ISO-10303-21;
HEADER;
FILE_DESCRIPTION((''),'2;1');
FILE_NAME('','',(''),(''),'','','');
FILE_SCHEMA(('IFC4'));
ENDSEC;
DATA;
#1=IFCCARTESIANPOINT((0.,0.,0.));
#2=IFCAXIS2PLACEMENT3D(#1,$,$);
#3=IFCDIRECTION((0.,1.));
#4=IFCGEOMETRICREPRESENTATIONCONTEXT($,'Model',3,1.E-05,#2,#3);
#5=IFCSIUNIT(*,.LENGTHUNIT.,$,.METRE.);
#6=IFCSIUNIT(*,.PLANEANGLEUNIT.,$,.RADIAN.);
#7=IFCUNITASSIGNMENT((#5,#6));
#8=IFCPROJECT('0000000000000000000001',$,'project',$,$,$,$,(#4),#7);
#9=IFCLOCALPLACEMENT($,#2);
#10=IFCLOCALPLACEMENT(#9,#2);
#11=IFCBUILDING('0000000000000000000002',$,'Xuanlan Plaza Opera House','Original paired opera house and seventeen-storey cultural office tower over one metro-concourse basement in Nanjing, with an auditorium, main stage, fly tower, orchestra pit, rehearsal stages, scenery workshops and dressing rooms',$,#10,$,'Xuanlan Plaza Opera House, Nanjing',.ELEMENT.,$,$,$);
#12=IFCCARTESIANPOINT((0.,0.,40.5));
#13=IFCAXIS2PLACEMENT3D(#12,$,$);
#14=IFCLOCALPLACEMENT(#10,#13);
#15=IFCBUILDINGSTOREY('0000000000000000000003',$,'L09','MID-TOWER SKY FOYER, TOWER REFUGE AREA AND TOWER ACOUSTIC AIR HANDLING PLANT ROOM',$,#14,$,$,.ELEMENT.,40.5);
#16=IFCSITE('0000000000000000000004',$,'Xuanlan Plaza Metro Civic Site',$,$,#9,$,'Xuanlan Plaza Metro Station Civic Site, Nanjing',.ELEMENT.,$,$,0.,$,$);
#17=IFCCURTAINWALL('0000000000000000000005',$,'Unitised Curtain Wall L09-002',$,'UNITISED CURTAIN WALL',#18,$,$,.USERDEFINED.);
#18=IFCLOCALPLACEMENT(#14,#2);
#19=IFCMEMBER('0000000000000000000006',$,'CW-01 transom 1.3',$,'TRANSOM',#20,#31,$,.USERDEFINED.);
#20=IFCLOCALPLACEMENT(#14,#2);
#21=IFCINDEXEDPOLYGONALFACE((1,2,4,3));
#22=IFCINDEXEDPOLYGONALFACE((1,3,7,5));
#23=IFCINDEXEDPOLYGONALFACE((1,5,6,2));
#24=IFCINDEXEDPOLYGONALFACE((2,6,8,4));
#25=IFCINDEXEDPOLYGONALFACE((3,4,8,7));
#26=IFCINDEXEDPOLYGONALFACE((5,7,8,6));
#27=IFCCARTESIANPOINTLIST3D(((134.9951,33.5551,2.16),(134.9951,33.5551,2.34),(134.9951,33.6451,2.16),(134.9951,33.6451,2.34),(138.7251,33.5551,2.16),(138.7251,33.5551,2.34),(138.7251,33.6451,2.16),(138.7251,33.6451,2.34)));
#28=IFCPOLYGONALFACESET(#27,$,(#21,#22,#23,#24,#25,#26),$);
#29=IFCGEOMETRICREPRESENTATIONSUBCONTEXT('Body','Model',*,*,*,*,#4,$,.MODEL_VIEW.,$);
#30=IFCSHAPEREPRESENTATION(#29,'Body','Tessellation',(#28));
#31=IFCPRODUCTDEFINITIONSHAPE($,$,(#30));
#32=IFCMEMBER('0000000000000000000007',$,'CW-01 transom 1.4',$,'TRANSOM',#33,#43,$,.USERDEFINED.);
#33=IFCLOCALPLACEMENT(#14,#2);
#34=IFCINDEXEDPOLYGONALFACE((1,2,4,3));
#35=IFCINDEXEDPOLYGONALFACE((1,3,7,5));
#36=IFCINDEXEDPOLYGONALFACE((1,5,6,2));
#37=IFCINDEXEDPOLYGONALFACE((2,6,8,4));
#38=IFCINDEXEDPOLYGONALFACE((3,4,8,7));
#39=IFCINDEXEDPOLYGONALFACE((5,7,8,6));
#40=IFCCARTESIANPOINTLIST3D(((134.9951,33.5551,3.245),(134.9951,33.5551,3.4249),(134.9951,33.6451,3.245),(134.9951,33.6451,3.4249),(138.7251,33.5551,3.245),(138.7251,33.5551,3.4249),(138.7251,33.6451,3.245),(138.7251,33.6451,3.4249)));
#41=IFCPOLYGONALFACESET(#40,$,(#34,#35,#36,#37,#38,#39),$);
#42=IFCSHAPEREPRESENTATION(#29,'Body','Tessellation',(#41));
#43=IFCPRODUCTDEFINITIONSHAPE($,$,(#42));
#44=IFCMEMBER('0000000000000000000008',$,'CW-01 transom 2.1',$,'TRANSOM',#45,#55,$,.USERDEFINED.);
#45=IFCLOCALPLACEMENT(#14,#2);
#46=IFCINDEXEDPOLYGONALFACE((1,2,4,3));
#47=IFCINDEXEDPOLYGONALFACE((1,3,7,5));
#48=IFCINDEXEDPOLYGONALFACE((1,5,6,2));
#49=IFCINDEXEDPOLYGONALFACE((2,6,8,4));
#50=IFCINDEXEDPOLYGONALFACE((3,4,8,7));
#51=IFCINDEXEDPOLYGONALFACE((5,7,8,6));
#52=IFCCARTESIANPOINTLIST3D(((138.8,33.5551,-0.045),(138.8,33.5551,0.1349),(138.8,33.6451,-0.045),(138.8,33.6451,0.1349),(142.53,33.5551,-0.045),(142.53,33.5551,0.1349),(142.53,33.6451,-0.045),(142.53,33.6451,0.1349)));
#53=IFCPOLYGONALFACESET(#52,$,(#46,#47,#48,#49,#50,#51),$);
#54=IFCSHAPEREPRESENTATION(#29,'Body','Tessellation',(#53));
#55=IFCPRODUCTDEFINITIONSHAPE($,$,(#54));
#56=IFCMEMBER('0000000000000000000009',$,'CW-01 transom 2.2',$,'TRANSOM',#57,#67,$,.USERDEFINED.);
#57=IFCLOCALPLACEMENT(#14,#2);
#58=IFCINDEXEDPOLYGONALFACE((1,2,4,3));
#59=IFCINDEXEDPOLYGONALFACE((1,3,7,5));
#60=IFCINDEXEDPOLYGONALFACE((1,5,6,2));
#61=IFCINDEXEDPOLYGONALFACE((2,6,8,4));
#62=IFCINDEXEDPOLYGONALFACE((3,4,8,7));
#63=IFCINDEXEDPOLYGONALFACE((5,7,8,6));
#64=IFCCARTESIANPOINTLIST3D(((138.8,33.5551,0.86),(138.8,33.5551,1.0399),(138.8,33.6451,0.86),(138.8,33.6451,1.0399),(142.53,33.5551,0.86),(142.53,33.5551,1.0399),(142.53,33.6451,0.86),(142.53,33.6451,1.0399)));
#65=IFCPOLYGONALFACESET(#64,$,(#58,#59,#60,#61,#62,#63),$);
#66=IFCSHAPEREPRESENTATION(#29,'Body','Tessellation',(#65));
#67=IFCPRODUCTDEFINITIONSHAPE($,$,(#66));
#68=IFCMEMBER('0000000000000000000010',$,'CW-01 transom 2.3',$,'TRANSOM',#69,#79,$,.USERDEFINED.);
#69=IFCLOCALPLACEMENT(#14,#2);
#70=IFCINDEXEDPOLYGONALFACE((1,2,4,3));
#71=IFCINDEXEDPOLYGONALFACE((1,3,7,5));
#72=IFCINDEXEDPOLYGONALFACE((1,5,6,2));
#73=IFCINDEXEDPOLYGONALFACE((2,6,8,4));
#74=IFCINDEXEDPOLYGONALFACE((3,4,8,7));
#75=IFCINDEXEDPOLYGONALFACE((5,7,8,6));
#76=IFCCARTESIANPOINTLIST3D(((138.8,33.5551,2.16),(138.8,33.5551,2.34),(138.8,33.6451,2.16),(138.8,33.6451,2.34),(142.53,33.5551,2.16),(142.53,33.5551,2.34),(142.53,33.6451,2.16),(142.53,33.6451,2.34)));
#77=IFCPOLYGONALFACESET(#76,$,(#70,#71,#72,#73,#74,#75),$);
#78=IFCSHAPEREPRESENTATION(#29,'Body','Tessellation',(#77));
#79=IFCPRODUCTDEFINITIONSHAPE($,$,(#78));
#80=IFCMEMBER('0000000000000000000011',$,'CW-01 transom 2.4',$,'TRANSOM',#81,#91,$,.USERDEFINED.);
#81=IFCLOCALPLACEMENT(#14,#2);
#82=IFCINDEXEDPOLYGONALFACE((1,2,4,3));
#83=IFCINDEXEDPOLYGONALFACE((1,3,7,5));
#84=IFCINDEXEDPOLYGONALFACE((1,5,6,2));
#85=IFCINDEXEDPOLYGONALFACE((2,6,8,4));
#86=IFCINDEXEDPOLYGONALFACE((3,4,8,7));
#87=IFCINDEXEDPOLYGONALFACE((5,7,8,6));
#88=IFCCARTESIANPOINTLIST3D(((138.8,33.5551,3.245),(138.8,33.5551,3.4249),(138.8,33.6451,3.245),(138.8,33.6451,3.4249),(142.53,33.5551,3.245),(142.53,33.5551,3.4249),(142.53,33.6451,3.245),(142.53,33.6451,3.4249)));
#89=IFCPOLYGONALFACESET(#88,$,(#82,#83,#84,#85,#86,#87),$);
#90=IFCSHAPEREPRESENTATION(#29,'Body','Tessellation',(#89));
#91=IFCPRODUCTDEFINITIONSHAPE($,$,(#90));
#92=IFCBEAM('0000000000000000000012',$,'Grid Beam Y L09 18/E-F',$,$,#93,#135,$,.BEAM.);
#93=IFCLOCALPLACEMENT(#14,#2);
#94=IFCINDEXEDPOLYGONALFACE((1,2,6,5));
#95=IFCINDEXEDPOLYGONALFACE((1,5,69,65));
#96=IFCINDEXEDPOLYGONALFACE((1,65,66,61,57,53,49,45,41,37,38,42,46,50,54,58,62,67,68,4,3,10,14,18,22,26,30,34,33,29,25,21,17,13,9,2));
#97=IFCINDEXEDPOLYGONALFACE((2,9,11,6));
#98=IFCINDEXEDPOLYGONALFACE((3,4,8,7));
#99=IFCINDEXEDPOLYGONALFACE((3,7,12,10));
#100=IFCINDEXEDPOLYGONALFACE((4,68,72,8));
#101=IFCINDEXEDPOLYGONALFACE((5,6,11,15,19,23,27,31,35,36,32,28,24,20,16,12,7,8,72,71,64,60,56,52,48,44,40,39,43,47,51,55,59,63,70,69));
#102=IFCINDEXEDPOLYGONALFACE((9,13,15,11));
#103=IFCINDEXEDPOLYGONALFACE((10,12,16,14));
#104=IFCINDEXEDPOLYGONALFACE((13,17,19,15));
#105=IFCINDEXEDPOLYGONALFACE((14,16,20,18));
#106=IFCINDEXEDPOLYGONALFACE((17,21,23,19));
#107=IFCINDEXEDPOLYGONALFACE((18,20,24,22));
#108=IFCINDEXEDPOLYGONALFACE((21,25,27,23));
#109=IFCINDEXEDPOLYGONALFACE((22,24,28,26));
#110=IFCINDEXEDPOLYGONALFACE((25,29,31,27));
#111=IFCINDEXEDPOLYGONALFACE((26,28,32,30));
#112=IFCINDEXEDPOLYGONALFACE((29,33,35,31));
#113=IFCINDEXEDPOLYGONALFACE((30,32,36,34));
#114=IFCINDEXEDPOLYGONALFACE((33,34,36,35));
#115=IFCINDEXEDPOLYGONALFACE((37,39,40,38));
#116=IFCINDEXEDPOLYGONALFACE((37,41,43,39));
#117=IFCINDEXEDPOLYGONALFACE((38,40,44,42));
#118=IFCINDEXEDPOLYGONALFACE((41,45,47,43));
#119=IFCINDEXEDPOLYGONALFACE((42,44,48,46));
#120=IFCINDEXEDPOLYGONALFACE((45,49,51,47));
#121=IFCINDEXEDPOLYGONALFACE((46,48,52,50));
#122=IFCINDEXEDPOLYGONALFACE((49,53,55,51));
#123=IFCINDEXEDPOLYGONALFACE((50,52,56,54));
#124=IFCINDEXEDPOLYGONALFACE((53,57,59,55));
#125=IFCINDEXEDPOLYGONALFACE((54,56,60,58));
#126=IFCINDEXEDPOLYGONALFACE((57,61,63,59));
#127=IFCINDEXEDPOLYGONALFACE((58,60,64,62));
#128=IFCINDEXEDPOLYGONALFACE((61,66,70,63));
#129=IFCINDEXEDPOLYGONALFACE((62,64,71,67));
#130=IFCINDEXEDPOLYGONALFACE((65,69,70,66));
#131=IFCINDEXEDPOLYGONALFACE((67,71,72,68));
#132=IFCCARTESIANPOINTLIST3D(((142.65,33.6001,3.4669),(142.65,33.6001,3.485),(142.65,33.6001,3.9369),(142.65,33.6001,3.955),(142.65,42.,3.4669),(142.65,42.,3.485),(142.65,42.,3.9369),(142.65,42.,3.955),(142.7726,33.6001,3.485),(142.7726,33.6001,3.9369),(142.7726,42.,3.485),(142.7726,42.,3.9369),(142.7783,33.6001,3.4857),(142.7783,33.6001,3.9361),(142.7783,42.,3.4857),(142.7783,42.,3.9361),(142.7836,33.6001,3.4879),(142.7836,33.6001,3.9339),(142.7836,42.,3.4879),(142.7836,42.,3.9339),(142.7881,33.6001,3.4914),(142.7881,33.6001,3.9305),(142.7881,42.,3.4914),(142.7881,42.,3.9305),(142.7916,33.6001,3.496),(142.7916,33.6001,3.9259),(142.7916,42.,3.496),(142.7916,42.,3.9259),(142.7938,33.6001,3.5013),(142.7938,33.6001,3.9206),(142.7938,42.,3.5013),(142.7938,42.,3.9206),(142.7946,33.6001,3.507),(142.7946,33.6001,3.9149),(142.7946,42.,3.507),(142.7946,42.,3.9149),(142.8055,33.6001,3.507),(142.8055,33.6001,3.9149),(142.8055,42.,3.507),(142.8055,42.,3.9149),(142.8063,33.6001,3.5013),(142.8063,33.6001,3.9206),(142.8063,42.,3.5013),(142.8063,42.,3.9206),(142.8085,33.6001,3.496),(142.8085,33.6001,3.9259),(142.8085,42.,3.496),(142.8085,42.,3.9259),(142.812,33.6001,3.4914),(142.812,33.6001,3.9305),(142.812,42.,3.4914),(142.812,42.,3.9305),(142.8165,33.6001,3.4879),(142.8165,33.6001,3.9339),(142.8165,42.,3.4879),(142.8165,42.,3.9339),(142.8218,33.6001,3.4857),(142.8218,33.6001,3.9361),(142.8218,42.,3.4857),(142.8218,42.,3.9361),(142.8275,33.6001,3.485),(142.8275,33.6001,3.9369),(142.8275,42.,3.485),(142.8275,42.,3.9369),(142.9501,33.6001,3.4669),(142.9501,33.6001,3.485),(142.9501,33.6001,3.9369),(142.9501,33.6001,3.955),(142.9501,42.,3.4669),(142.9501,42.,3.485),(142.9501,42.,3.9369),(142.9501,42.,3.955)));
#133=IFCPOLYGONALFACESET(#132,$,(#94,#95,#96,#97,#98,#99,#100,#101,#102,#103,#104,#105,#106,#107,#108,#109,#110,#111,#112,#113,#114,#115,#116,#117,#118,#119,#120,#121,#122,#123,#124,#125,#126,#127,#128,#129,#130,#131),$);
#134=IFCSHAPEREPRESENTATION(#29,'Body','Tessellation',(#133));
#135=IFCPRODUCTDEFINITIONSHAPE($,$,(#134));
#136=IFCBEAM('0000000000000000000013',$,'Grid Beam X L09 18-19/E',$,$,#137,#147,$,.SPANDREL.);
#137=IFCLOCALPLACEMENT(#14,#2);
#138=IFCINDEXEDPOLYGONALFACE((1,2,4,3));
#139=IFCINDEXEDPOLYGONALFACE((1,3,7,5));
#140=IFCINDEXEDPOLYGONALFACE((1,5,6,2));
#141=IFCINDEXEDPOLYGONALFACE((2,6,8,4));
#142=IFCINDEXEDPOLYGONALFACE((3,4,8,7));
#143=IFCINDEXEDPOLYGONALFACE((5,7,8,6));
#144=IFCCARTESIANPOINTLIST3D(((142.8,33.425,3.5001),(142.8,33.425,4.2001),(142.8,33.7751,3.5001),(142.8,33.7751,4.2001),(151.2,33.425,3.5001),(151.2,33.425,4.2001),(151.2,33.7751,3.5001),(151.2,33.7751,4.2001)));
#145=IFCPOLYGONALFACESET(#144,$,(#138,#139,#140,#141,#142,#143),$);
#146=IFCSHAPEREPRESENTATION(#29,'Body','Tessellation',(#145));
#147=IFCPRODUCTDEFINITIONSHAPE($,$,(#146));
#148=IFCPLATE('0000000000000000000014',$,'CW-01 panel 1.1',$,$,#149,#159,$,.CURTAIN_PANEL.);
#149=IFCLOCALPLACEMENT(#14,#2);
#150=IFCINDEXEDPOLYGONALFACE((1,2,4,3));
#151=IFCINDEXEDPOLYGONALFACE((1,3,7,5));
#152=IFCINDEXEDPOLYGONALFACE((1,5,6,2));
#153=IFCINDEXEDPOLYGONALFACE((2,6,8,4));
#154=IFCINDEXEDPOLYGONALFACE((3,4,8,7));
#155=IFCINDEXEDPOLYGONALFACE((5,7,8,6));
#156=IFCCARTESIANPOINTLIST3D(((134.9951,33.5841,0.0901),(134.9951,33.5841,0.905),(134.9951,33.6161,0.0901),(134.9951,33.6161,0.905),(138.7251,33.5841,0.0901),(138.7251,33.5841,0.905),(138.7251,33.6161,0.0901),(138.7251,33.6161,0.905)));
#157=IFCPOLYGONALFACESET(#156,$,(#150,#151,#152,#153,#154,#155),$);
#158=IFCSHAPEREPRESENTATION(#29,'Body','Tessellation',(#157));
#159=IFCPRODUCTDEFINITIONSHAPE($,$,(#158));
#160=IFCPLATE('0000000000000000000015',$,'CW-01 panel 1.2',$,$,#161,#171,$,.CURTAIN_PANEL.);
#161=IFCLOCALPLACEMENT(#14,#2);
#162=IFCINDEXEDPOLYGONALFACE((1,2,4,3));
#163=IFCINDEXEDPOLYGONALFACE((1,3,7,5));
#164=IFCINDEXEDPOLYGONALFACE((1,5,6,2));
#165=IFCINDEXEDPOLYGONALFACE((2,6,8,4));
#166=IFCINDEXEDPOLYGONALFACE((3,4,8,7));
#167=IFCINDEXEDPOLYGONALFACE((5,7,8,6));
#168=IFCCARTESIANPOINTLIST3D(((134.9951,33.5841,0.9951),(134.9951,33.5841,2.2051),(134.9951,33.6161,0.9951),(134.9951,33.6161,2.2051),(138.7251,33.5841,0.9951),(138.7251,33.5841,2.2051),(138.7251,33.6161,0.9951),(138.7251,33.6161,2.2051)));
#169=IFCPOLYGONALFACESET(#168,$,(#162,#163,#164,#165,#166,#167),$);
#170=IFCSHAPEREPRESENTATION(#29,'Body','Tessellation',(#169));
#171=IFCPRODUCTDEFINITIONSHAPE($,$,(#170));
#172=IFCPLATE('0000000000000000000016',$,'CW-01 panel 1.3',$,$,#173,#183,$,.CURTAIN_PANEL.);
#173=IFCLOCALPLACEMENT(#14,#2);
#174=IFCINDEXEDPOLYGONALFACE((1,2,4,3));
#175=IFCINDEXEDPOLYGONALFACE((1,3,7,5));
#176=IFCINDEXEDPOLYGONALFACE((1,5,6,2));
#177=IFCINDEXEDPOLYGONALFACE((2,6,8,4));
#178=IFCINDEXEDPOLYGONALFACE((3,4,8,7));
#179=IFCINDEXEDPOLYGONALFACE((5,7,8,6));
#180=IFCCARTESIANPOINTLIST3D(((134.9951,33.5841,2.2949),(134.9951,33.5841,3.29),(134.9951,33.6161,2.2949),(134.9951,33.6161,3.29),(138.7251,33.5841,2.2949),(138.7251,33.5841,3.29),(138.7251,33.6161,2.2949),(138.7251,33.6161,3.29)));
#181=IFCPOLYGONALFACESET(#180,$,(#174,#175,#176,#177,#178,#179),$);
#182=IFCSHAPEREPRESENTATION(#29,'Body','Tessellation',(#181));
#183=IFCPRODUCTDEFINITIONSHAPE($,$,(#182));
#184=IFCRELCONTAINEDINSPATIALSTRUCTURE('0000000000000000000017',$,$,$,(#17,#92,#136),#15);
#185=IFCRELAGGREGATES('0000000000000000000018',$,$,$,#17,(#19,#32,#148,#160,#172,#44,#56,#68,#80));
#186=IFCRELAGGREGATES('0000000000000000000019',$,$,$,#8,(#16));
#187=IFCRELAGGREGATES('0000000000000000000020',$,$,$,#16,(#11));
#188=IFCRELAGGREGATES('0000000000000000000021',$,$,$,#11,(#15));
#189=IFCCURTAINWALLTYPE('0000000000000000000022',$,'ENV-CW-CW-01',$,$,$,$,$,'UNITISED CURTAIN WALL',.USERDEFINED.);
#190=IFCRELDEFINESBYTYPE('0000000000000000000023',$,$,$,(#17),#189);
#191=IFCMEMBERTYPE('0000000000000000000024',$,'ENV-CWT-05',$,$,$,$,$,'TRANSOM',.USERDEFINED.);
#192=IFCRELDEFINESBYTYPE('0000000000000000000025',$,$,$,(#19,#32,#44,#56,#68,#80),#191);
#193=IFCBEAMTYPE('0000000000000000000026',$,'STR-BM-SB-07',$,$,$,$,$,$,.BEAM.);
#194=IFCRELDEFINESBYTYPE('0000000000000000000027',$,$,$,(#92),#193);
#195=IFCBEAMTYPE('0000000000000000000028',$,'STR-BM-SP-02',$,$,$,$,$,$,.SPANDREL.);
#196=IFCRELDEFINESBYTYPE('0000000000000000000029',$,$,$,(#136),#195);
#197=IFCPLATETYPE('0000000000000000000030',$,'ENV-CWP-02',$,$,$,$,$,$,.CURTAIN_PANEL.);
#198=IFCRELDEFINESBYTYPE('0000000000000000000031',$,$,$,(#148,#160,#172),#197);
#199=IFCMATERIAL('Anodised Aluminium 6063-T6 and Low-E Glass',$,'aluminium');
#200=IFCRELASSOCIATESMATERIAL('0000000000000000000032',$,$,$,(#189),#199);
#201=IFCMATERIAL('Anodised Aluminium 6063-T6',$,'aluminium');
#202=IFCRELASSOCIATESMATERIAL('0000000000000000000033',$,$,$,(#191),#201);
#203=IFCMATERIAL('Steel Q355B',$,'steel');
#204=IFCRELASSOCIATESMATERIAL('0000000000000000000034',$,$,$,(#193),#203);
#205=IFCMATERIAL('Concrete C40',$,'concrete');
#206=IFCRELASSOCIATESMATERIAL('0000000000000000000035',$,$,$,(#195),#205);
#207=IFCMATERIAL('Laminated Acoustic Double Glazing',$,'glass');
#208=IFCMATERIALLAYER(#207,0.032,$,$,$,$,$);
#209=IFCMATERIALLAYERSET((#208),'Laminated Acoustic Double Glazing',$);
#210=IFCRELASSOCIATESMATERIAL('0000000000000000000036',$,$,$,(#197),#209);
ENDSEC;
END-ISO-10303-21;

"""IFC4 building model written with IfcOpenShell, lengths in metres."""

from ifc_helpers import new_model, si_unit, direction, frame, origin, origin_2d, place, context, subcontext, project, spatial, rectangle, i_section, extrude, material, layer, layer_set, material_profile, profile_set, type_object, element, aggregate, save


model = new_model("IFC4")

# Units and contexts
model_context = context("Model", 3, precision=1e-05, world=origin(), true_north=direction((0.0, 1.0)))
body_context = subcontext(model_context, "Body", "Model", "MODEL_VIEW")
ifc_project = project(units=[si_unit("LENGTHUNIT", "METRE"), si_unit("PLANEANGLEUNIT", "RADIAN")], contexts=[model_context])

# Site, building, storey
site_placement = place(None, origin())
site = spatial("IfcSite", under=ifc_project, at=site_placement, Name="Xuanlan Plaza Metro Civic Site", LongName="Xuanlan Plaza Metro Station Civic Site, Nanjing", CompositionType="ELEMENT", RefElevation=0.0)
building_placement = place(site_placement, origin())
building = spatial("IfcBuilding", under=site, at=building_placement, Name="Xuanlan Plaza Opera House", Description="Original paired opera house and seventeen-storey cultural office tower over one metro-concourse basement in Nanjing, with an auditorium, main stage, fly tower, orchestra pit, rehearsal stages, scenery workshops and dressing rooms", LongName="Xuanlan Plaza Opera House, Nanjing", CompositionType="ELEMENT")
storey_placement = place(building_placement, frame((0.0, 0.0, 40.5)))
storey = spatial("IfcBuildingStorey", under=building, at=storey_placement, Name="L09", Description="MID-TOWER SKY FOYER, TOWER REFUGE AREA AND TOWER ACOUSTIC AIR HANDLING PLANT ROOM", CompositionType="ELEMENT", Elevation=40.5)

# Shared definitions
ifc_material_1 = material(Name="Steel Q355B", Category="steel")

# Curtain wall
ifc_material_2 = material(Name="Anodised Aluminium 6063-T6 and Low-E Glass", Category="aluminium")
curtain_wall_type_1 = type_object("IfcCurtainWallType", Name="ENV-CW-CW-01", ElementType="UNITISED CURTAIN WALL", PredefinedType="USERDEFINED", material=ifc_material_2)
curtain_wall_1_placement = place(storey_placement, origin())
curtain_wall_1 = element("IfcCurtainWall", 1, at=curtain_wall_1_placement, inside=storey, type_object=curtain_wall_type_1, Name="Unitised Curtain Wall L09-002", ObjectType="UNITISED CURTAIN WALL", PredefinedType="USERDEFINED")
ifc_material_3 = material(Name="Anodised Aluminium 6063-T6", Category="aluminium")

# Members
ifc_material_profile_1 = material_profile(ifc_material_3, rectangle(XDim=0.0901, YDim=0.1799, at=origin_2d()), Name="ALU-T 90x180")
ifc_profile_set_1 = profile_set([ifc_material_profile_1], Name="Anodised Aluminium 6063-T6")
member_type_1 = type_object("IfcMemberType", Name="ENV-CWT-05", ElementType="TRANSOM", PredefinedType="USERDEFINED", material=ifc_profile_set_1)
member_1_placement = place(storey_placement, frame((134.9951, 33.6001, 2.25), z_axis=(1.0, 0.0, 0.0), x_axis=(0.0, 1.0, 0.0)))
member_1 = element("IfcMember", 2, at=member_1_placement, type_object=member_type_1, Name="CW-01 transom 1.3", ObjectType="TRANSOM", PredefinedType="USERDEFINED", context=body_context, shape_type="SweptSolid", body=[
    extrude(rectangle(XDim=0.0901, YDim=0.1799, at=origin_2d()), origin(), (0.0, 0.0, 1.0), 3.73),
])
member_2_placement = place(storey_placement, frame((134.9951, 33.6001, 3.335), z_axis=(1.0, 0.0, 0.0), x_axis=(0.0, 1.0, 0.0)))
member_2 = element("IfcMember", 3, at=member_2_placement, type_object=member_type_1, Name="CW-01 transom 1.4", ObjectType="TRANSOM", PredefinedType="USERDEFINED", context=body_context, shape_type="SweptSolid", body=[
    extrude(rectangle(XDim=0.0901, YDim=0.1799, at=origin_2d()), origin(), (0.0, 0.0, 1.0), 3.73),
])
member_3_placement = place(storey_placement, frame((138.8, 33.6001, 0.0449), z_axis=(1.0, 0.0, 0.0), x_axis=(0.0, 1.0, 0.0)))
member_3 = element("IfcMember", 4, at=member_3_placement, type_object=member_type_1, Name="CW-01 transom 2.1", ObjectType="TRANSOM", PredefinedType="USERDEFINED", context=body_context, shape_type="SweptSolid", body=[
    extrude(rectangle(XDim=0.0901, YDim=0.1799, at=origin_2d()), origin(), (0.0, 0.0, 1.0), 3.73),
])
member_4_placement = place(storey_placement, frame((138.8, 33.6001, 0.95), z_axis=(1.0, 0.0, 0.0), x_axis=(0.0, 1.0, 0.0)))
member_4 = element("IfcMember", 5, at=member_4_placement, type_object=member_type_1, Name="CW-01 transom 2.2", ObjectType="TRANSOM", PredefinedType="USERDEFINED", context=body_context, shape_type="SweptSolid", body=[
    extrude(rectangle(XDim=0.0901, YDim=0.1799, at=origin_2d()), origin(), (0.0, 0.0, 1.0), 3.73),
])
member_5_placement = place(storey_placement, frame((138.8, 33.6001, 2.25), z_axis=(1.0, 0.0, 0.0), x_axis=(0.0, 1.0, 0.0)))
member_5 = element("IfcMember", 6, at=member_5_placement, type_object=member_type_1, Name="CW-01 transom 2.3", ObjectType="TRANSOM", PredefinedType="USERDEFINED", context=body_context, shape_type="SweptSolid", body=[
    extrude(rectangle(XDim=0.0901, YDim=0.1799, at=origin_2d()), origin(), (0.0, 0.0, 1.0), 3.73),
])
member_6_placement = place(storey_placement, frame((138.8, 33.6001, 3.335), z_axis=(1.0, 0.0, 0.0), x_axis=(0.0, 1.0, 0.0)))
member_6 = element("IfcMember", 7, at=member_6_placement, type_object=member_type_1, Name="CW-01 transom 2.4", ObjectType="TRANSOM", PredefinedType="USERDEFINED", context=body_context, shape_type="SweptSolid", body=[
    extrude(rectangle(XDim=0.0901, YDim=0.1799, at=origin_2d()), origin(), (0.0, 0.0, 1.0), 3.73),
])

# Beams
ifc_material_profile_2 = material_profile(ifc_material_1, i_section(OverallWidth=0.3, OverallDepth=0.488, WebThickness=0.011, FlangeThickness=0.0181, FilletRadius=0.022, at=origin_2d()), Name="HM 488x300x11x18")
ifc_profile_set_2 = profile_set([ifc_material_profile_2], Name="Steel Q355B")
beam_type_1 = type_object("IfcBeamType", Name="STR-BM-SB-07", PredefinedType="BEAM", material=ifc_profile_set_2)
beam_1_placement = place(storey_placement, frame((142.8, 33.6001, 3.7109), z_axis=(0.0, 1.0, 0.0), x_axis=(-1.0, 0.0, 0.0)))
element("IfcBeam", 8, at=beam_1_placement, inside=storey, type_object=beam_type_1, Name="Grid Beam Y L09 18/E-F", PredefinedType="BEAM", context=body_context, shape_type="SweptSolid", body=[
    extrude(i_section(OverallWidth=0.3, OverallDepth=0.488, WebThickness=0.011, FlangeThickness=0.0181, FilletRadius=0.022, at=origin_2d()), origin(), (0.0, 0.0, 1.0), 8.3999),
])
ifc_material_4 = material(Name="Concrete C40", Category="concrete")
ifc_material_profile_3 = material_profile(ifc_material_4, rectangle(XDim=0.3501, YDim=0.7, at=origin_2d()), Name="RC-SPD 350x700")
ifc_profile_set_3 = profile_set([ifc_material_profile_3], Name="Concrete C40")
beam_type_2 = type_object("IfcBeamType", Name="STR-BM-SP-02", PredefinedType="SPANDREL", material=ifc_profile_set_3)
beam_2_placement = place(storey_placement, frame((142.8, 33.6001, 3.8501), z_axis=(1.0, 0.0, 0.0), x_axis=(0.0, 1.0, 0.0)))
element("IfcBeam", 9, at=beam_2_placement, inside=storey, type_object=beam_type_2, Name="Grid Beam X L09 18-19/E", PredefinedType="SPANDREL", context=body_context, shape_type="SweptSolid", body=[
    extrude(rectangle(XDim=0.3501, YDim=0.7, at=origin_2d()), origin(), (0.0, 0.0, 1.0), 8.3999),
])

# Plates
ifc_material_5 = material(Name="Laminated Acoustic Double Glazing", Category="glass")
ifc_layer_1 = layer(ifc_material_5, 0.032)
ifc_layer_set_1 = layer_set([ifc_layer_1], Name="Laminated Acoustic Double Glazing")
plate_type_1 = type_object("IfcPlateType", Name="ENV-CWP-02", PredefinedType="CURTAIN_PANEL", material=ifc_layer_set_1)
plate_1_placement = place(storey_placement, frame((136.8601, 33.6001, 0.0901), z_axis=(0.0, 0.0, 1.0), x_axis=(1.0, 0.0, 0.0)))
plate_1 = element("IfcPlate", 10, at=plate_1_placement, type_object=plate_type_1, Name="CW-01 panel 1.1", PredefinedType="CURTAIN_PANEL", context=body_context, shape_type="SweptSolid", body=[
    extrude(rectangle(XDim=3.73, YDim=0.032, at=origin_2d()), origin(), (0.0, 0.0, 1.0), 0.8149),
])
plate_2_placement = place(storey_placement, frame((136.8601, 33.6001, 0.9951), z_axis=(0.0, 0.0, 1.0), x_axis=(1.0, 0.0, 0.0)))
plate_2 = element("IfcPlate", 11, at=plate_2_placement, type_object=plate_type_1, Name="CW-01 panel 1.2", PredefinedType="CURTAIN_PANEL", context=body_context, shape_type="SweptSolid", body=[
    extrude(rectangle(XDim=3.73, YDim=0.032, at=origin_2d()), origin(), (0.0, 0.0, 1.0), 1.21),
])
plate_3_placement = place(storey_placement, frame((136.8601, 33.6001, 2.2949), z_axis=(0.0, 0.0, 1.0), x_axis=(1.0, 0.0, 0.0)))
plate_3 = element("IfcPlate", 12, at=plate_3_placement, type_object=plate_type_1, Name="CW-01 panel 1.3", PredefinedType="CURTAIN_PANEL", context=body_context, shape_type="SweptSolid", body=[
    extrude(rectangle(XDim=3.73, YDim=0.032, at=origin_2d()), origin(), (0.0, 0.0, 1.0), 0.9951),
])
aggregate(curtain_wall_1, [member_1, member_2, plate_1, plate_2, plate_3, member_3, member_4, member_5, member_6])

save(model, "model.ifc")
